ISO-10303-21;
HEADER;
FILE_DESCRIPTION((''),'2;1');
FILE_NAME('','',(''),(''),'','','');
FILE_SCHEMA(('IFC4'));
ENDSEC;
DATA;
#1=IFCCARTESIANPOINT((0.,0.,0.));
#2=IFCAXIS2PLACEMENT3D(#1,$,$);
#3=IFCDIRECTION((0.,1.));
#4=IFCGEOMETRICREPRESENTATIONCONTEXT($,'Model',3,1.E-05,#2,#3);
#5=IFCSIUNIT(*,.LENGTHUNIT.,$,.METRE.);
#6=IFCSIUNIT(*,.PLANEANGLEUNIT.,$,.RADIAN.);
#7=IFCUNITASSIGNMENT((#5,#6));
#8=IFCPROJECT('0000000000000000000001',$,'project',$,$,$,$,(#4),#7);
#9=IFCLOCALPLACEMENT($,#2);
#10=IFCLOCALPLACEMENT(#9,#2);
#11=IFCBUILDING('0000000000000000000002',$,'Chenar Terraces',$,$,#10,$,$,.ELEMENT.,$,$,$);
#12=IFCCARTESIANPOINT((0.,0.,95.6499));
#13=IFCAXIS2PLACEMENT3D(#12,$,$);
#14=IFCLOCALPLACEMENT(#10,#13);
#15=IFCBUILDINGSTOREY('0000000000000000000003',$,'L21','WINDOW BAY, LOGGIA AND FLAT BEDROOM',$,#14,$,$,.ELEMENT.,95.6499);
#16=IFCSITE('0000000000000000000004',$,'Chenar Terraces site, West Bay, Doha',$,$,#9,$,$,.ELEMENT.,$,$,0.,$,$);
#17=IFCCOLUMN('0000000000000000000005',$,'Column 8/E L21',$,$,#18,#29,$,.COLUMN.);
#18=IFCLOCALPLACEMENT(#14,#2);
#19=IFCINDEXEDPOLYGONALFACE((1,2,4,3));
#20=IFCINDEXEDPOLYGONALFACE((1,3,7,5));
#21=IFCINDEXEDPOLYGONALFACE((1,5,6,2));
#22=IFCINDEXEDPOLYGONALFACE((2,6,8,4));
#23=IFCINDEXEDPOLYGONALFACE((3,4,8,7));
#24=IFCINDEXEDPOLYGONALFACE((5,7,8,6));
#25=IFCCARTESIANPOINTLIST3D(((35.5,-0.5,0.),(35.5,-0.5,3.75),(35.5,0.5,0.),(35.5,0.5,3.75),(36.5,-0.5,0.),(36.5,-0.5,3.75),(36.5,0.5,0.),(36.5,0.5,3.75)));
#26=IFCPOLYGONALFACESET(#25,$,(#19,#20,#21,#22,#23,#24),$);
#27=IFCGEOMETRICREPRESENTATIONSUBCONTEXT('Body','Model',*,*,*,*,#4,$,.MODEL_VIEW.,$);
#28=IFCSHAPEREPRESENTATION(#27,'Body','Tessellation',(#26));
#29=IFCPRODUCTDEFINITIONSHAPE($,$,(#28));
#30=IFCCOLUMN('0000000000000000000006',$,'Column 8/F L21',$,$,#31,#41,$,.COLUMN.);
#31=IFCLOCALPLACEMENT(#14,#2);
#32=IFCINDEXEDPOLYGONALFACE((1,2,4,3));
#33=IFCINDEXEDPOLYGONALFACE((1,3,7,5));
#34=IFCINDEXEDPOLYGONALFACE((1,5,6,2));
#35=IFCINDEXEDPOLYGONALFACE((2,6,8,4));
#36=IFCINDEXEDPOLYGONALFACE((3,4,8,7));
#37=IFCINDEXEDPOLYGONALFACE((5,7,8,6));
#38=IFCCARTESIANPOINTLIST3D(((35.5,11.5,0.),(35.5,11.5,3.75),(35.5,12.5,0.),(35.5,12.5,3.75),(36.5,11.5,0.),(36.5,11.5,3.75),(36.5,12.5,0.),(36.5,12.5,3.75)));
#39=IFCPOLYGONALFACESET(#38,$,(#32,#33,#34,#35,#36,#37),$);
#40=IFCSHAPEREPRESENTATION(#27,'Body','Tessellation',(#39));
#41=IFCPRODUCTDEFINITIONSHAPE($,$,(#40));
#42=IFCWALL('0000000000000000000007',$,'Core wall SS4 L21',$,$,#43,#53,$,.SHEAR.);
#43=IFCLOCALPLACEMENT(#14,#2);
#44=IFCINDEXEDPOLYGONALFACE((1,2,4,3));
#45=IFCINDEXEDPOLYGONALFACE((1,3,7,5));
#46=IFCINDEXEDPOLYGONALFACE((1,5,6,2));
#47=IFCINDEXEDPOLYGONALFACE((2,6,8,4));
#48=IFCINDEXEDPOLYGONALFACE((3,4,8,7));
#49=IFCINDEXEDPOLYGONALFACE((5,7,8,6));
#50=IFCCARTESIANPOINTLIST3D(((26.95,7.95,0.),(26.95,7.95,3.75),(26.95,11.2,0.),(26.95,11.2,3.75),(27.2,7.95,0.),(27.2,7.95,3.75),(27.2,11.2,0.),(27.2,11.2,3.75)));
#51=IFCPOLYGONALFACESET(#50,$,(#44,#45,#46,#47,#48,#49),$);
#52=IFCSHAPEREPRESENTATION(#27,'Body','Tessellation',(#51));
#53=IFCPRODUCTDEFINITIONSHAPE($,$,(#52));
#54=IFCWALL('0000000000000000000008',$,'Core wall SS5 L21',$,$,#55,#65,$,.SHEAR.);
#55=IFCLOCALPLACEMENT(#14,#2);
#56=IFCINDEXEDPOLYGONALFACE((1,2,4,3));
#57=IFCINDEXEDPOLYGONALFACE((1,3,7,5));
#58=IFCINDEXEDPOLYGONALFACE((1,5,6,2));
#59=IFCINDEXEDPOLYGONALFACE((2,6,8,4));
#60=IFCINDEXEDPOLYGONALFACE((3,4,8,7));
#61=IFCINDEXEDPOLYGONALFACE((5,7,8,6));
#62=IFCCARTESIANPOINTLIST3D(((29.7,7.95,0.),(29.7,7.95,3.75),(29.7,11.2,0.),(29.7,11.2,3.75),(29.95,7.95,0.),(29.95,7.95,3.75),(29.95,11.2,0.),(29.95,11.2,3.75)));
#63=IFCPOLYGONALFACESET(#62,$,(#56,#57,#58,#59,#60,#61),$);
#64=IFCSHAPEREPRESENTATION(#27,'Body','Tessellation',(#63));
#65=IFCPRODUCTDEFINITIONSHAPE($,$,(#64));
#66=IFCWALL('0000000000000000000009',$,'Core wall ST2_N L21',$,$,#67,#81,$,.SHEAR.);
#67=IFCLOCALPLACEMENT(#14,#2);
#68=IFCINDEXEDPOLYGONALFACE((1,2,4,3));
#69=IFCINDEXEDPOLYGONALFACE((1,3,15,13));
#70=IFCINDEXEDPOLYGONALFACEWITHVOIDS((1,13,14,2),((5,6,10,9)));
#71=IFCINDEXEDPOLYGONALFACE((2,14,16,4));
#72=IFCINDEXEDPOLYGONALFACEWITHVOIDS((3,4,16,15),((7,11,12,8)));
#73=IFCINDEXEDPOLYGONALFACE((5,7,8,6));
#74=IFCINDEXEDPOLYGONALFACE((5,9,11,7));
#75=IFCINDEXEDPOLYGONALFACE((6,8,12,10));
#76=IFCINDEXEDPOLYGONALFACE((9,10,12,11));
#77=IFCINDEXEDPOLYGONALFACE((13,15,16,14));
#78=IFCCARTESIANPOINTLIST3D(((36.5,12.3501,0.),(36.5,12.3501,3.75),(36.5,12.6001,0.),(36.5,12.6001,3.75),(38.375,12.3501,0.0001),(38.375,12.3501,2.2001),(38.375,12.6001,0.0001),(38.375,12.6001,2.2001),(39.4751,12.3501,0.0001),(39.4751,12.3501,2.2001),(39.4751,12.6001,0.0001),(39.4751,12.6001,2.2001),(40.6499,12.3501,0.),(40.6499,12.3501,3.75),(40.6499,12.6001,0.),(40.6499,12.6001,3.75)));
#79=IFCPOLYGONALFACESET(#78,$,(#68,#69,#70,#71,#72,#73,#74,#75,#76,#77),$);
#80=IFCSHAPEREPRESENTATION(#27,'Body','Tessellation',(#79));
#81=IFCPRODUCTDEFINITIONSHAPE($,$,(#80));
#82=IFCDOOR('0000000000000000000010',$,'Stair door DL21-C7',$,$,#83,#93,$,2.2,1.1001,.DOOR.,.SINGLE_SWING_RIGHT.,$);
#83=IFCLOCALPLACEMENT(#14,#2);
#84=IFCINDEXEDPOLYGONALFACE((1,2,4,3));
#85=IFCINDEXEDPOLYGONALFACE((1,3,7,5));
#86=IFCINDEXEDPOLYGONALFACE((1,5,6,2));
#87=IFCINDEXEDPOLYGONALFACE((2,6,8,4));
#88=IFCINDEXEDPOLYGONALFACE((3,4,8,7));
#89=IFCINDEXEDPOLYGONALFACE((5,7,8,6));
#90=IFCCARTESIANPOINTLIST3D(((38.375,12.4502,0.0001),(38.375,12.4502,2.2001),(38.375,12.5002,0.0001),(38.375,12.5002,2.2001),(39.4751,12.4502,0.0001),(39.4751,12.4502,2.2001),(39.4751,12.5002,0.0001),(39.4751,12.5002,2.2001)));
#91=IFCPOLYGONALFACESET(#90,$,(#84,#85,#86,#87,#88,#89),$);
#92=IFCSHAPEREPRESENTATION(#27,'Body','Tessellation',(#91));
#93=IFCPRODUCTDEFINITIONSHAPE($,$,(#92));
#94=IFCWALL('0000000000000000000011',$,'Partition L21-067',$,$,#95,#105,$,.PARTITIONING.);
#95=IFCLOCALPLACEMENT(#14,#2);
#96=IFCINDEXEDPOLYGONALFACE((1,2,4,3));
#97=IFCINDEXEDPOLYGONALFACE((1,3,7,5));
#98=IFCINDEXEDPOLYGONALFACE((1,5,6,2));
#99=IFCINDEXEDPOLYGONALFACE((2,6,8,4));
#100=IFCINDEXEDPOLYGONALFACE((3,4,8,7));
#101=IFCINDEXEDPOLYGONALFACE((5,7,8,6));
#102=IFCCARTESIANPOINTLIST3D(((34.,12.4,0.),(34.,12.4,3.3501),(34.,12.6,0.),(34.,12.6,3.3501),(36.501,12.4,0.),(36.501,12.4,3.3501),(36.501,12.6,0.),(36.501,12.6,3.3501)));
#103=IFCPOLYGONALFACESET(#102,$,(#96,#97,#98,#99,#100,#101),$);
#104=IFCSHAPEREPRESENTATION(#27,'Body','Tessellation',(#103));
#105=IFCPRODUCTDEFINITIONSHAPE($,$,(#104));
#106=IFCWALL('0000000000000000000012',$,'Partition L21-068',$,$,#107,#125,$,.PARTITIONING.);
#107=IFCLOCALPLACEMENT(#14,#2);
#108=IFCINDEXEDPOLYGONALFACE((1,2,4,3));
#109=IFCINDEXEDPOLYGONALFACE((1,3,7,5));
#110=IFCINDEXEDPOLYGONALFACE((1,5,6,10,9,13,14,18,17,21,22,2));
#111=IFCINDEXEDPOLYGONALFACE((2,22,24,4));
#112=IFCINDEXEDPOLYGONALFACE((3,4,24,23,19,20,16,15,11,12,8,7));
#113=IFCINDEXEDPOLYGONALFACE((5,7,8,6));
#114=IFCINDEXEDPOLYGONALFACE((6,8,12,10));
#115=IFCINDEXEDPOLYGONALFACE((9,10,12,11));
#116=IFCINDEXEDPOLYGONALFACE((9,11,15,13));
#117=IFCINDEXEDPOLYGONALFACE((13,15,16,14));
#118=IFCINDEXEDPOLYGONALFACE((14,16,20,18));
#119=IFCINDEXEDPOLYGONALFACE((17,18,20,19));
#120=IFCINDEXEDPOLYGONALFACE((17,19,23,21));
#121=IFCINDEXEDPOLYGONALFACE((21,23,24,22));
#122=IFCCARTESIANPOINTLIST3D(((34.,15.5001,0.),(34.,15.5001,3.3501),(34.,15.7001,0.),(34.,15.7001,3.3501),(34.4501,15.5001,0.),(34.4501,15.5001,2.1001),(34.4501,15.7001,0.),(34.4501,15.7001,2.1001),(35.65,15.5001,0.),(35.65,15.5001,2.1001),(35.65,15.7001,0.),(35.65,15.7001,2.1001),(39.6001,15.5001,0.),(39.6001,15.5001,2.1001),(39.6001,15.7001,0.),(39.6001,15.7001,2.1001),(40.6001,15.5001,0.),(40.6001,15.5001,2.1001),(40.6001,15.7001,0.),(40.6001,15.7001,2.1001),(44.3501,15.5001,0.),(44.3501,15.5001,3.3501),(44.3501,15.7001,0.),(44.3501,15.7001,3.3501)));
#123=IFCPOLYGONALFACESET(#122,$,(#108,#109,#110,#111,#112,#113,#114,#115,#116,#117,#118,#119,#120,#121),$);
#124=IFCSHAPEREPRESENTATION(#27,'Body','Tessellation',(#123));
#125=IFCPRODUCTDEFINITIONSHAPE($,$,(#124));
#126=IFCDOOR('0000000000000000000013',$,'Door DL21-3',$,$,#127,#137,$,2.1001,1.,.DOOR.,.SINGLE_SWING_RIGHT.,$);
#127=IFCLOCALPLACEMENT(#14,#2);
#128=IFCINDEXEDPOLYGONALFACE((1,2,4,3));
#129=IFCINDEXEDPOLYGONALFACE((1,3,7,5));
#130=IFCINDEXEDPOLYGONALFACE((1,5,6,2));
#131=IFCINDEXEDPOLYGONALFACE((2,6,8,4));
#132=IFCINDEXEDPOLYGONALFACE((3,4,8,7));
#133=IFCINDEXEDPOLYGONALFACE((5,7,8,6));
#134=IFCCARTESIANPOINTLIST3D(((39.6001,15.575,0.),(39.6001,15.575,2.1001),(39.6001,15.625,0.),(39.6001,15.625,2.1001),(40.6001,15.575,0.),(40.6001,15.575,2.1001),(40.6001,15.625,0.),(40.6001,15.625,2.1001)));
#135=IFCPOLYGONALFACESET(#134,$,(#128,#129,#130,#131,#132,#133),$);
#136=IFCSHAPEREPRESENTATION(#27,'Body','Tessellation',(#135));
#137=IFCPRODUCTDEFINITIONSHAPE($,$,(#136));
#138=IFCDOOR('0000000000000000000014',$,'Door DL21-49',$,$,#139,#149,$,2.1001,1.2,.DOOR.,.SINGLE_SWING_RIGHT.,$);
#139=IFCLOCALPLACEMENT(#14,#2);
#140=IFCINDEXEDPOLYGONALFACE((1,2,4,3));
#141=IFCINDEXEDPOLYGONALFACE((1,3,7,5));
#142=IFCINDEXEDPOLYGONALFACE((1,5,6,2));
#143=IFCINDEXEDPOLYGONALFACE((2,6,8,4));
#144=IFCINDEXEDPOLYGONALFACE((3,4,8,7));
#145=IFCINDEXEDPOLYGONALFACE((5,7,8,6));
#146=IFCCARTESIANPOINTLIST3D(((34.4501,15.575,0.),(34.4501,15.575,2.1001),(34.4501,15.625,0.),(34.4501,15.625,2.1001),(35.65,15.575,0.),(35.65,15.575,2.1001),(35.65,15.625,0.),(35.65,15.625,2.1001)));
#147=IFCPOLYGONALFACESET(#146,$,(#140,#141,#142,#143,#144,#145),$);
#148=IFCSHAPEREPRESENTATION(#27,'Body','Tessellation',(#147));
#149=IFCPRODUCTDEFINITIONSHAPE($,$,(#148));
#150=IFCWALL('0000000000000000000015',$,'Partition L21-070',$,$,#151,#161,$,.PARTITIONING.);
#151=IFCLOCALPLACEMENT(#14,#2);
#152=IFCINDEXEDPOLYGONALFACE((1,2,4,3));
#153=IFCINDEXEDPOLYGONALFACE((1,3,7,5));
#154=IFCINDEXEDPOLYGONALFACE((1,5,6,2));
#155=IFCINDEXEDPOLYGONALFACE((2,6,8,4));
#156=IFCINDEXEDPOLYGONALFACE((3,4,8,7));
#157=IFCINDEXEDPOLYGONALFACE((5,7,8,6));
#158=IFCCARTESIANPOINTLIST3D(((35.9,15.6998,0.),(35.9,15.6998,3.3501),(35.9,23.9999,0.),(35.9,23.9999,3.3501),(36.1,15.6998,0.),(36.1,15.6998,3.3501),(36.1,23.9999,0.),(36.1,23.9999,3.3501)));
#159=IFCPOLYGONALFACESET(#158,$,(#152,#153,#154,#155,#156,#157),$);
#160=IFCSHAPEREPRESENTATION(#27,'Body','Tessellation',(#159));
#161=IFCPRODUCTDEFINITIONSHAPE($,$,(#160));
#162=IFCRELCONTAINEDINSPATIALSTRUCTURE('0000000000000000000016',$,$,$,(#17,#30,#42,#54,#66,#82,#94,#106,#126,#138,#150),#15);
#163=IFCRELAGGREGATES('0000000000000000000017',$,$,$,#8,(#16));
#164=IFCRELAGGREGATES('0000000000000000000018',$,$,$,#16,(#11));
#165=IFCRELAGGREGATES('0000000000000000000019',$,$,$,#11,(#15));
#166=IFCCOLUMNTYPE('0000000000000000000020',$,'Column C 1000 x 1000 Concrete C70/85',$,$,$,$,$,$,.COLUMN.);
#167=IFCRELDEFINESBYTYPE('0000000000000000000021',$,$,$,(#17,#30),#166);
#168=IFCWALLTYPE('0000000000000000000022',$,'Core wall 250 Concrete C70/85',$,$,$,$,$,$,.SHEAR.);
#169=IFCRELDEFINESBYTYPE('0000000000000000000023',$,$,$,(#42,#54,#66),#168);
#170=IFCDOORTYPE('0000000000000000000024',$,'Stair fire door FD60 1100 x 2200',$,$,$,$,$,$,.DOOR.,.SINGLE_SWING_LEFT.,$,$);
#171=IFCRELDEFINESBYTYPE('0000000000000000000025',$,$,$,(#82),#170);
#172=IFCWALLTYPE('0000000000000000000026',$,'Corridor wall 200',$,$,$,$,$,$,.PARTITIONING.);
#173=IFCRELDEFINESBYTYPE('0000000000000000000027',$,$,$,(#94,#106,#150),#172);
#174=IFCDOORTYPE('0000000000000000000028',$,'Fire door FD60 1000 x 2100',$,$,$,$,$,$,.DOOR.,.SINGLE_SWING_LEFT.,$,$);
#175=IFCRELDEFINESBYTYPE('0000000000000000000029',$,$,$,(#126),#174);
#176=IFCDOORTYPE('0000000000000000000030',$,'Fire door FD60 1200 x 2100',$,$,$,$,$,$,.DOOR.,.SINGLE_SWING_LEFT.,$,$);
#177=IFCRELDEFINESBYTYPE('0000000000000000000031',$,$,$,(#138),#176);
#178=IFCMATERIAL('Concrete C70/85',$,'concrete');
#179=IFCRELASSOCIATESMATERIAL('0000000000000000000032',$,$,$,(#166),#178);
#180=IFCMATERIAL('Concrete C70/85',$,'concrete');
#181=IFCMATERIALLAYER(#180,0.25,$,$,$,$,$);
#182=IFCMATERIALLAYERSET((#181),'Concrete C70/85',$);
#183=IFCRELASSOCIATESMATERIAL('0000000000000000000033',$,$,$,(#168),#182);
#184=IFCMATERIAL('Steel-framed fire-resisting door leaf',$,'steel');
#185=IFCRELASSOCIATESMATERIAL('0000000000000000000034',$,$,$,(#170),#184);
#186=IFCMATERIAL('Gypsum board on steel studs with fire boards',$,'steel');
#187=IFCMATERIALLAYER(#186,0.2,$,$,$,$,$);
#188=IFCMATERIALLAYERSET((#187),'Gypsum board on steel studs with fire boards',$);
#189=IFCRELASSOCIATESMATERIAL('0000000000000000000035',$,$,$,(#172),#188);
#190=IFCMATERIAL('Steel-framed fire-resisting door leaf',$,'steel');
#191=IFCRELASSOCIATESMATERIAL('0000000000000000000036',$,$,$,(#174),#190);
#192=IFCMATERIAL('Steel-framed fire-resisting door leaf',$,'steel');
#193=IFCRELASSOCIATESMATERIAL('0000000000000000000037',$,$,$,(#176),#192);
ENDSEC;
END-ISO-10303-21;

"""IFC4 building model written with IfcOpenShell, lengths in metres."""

from ifc_helpers import new_model, si_unit, direction, frame, frame_2d, origin, origin_2d, place, context, subcontext, project, spatial, rectangle, extrude, material, layer, layer_set, material_profile, profile_set, type_object, element, fill, save


model = new_model("IFC4")

# Units and contexts
model_context = context("Model", 3, precision=1e-05, world=origin(), true_north=direction((0.0, 1.0)))
body_context = subcontext(model_context, "Body", "Model", "MODEL_VIEW")
ifc_project = project(units=[si_unit("LENGTHUNIT", "METRE"), si_unit("PLANEANGLEUNIT", "RADIAN")], contexts=[model_context])

# Site, building, storey
site_placement = place(None, origin())
site = spatial("IfcSite", under=ifc_project, at=site_placement, Name="Chenar Terraces site, West Bay, Doha", CompositionType="ELEMENT", RefElevation=0.0)
building_placement = place(site_placement, origin())
building = spatial("IfcBuilding", under=site, at=building_placement, Name="Chenar Terraces", CompositionType="ELEMENT")
storey_placement = place(building_placement, frame((0.0, 0.0, 95.6499)))
storey = spatial("IfcBuildingStorey", under=building, at=storey_placement, Name="L21", Description="WINDOW BAY, LOGGIA AND FLAT BEDROOM", CompositionType="ELEMENT", Elevation=95.6499)

# Columns
ifc_material_1 = material(Name="Concrete C70/85", Category="concrete")
ifc_material_profile = material_profile(ifc_material_1, rectangle(XDim=1.0, YDim=1.0, at=origin_2d()), Name="C 1000 x 1000")
ifc_profile_set = profile_set([ifc_material_profile], Name="Concrete C70/85")
column_type = type_object("IfcColumnType", Name="Column C 1000 x 1000 Concrete C70/85", PredefinedType="COLUMN", material=ifc_profile_set)
for number, where, z_axis, x_axis, name in (
    (1, (36.0, 0.0, 0.0), (0.0, 0.0, 1.0), (1.0, 0.0, 0.0), "Column 8/E L21"),
    (2, (36.0, 12.0, 0.0), (0.0, 0.0, 1.0), (1.0, 0.0, 0.0), "Column 8/F L21"),
):
    element("IfcColumn", number, at=place(storey_placement, frame(where, z_axis=z_axis, x_axis=x_axis)), inside=storey, type_object=column_type, Name=name, PredefinedType="COLUMN", context=body_context, shape_type="SweptSolid", body=[
        extrude(rectangle(XDim=1.0, YDim=1.0, at=origin_2d()), origin(), (0.0, 0.0, 1.0), 3.75),
    ])

# Walls
ifc_material_2 = material(Name="Concrete C70/85", Category="concrete")
ifc_layer_1 = layer(ifc_material_2, 0.25)
ifc_layer_set_1 = layer_set([ifc_layer_1], Name="Concrete C70/85")
wall_type_1 = type_object("IfcWallType", Name="Core wall 250 Concrete C70/85", PredefinedType="SHEAR", material=ifc_layer_set_1)
for number, where, z_axis, x_axis, name in (
    (3, (27.075, 7.95, 0.0), (0.0, 0.0, 1.0), (0.0, 1.0, 0.0), "Core wall SS4 L21"),
    (4, (29.825, 7.95, 0.0), (0.0, 0.0, 1.0), (0.0, 1.0, 0.0), "Core wall SS5 L21"),
):
    element("IfcWall", number, at=place(storey_placement, frame(where, z_axis=z_axis, x_axis=x_axis)), inside=storey, type_object=wall_type_1, Name=name, PredefinedType="SHEAR", context=body_context, shape_type="SweptSolid", body=[
        extrude(rectangle(XDim=3.25, YDim=0.25, at=frame_2d((1.625, 0.0))), origin(), (0.0, 0.0, 1.0), 3.75),
    ])

# Wall, opening, door
wall_1_placement = place(storey_placement, frame((36.5, 12.4751, 0.0), z_axis=(0.0, 0.0, 1.0), x_axis=(1.0, 0.0, 0.0)))
wall_1 = element("IfcWall", 5, at=wall_1_placement, inside=storey, type_object=wall_type_1, Name="Core wall ST2_N L21", PredefinedType="SHEAR", context=body_context, shape_type="SweptSolid", body=[
    extrude(rectangle(XDim=4.1499, YDim=0.25, at=frame_2d((2.075, 0.0))), origin(), (0.0, 0.0, 1.0), 3.75),
])
opening_1_placement = place(wall_1_placement, frame((1.875, 0.0, 0.0)))
opening_1 = element("IfcOpeningElement", 6, at=opening_1_placement, cuts=wall_1, PredefinedType="OPENING", context=body_context, shape_type="SweptSolid", body=[
    extrude(rectangle(XDim=1.1001, YDim=2.2, at=frame_2d((0.55, 1.1001))), frame((0.0, 0.135, 0.0), z_axis=(0.0, -1.0, 0.0), x_axis=(1.0, 0.0, 0.0)), (0.0, 0.0, 1.0), 0.27),
])
ifc_material_3 = material(Name="Steel-framed fire-resisting door leaf", Category="steel")
door_type_1 = type_object("IfcDoorType", Name="Stair fire door FD60 1100 x 2200", OperationType="SINGLE_SWING_LEFT", PredefinedType="DOOR", material=ifc_material_3)
door_1_placement = place(opening_1_placement, frame((1.1001, 0.0, 0.0), z_axis=(0.0, 0.0, 1.0), x_axis=(-1.0, 0.0, 0.0)))
door_1 = element("IfcDoor", 7, at=door_1_placement, inside=storey, type_object=door_type_1, Name="Stair door DL21-C7", OperationType="SINGLE_SWING_RIGHT", OverallHeight=2.2, OverallWidth=1.1001, PredefinedType="DOOR", context=body_context, shape_type="SweptSolid", body=[
    extrude(rectangle(XDim=1.1001, YDim=2.2, at=frame_2d((0.55, 1.1001))), frame((0.0, 0.0249, 0.0), z_axis=(0.0, -1.0, 0.0), x_axis=(1.0, 0.0, 0.0)), (0.0, 0.0, 1.0), 0.05),
])
fill(opening_1, door_1)

# Wall
ifc_material_4 = material(Name="Gypsum board on steel studs with fire boards", Category="steel")
ifc_layer_2 = layer(ifc_material_4, 0.2)
ifc_layer_set_2 = layer_set([ifc_layer_2], Name="Gypsum board on steel studs with fire boards")
wall_type_2 = type_object("IfcWallType", Name="Corridor wall 200", PredefinedType="PARTITIONING", material=ifc_layer_set_2)
wall_2_placement = place(storey_placement, frame((34.0, 12.5, 0.0), z_axis=(0.0, 0.0, 1.0), x_axis=(1.0, 0.0, 0.0)))
element("IfcWall", 8, at=wall_2_placement, inside=storey, type_object=wall_type_2, Name="Partition L21-067", PredefinedType="PARTITIONING", context=body_context, shape_type="SweptSolid", body=[
    extrude(rectangle(XDim=2.501, YDim=0.2, at=frame_2d((1.2505, 0.0))), origin(), (0.0, 0.0, 1.0), 3.3501),
])

# Wall, openings, doors
wall_3_placement = place(storey_placement, frame((34.0, 15.6001, 0.0), z_axis=(0.0, 0.0, 1.0), x_axis=(1.0, 0.0, 0.0)))
wall_3 = element("IfcWall", 9, at=wall_3_placement, inside=storey, type_object=wall_type_2, Name="Partition L21-068", PredefinedType="PARTITIONING", context=body_context, shape_type="SweptSolid", body=[
    extrude(rectangle(XDim=10.3501, YDim=0.2, at=frame_2d((5.175, 0.0))), origin(), (0.0, 0.0, 1.0), 3.3501),
])
opening_2_placement = place(wall_3_placement, frame((5.6001, 0.0, 0.0)))
opening_2 = element("IfcOpeningElement", 10, at=opening_2_placement, cuts=wall_3, PredefinedType="OPENING", context=body_context, shape_type="SweptSolid", body=[
    extrude(rectangle(XDim=1.0, YDim=2.1001, at=frame_2d((0.5, 1.05))), frame((0.0, 0.1099, 0.0), z_axis=(0.0, -1.0, 0.0), x_axis=(1.0, 0.0, 0.0)), (0.0, 0.0, 1.0), 0.22),
])
opening_3_placement = place(wall_3_placement, frame((0.45, 0.0, 0.0)))
opening_3 = element("IfcOpeningElement", 11, at=opening_3_placement, cuts=wall_3, PredefinedType="OPENING", context=body_context, shape_type="SweptSolid", body=[
    extrude(rectangle(XDim=1.2, YDim=2.1001, at=frame_2d((0.6001, 1.05))), frame((0.0, 0.1099, 0.0), z_axis=(0.0, -1.0, 0.0), x_axis=(1.0, 0.0, 0.0)), (0.0, 0.0, 1.0), 0.22),
])
ifc_material_5 = material(Name="Steel-framed fire-resisting door leaf", Category="steel")
door_type_2 = type_object("IfcDoorType", Name="Fire door FD60 1000 x 2100", OperationType="SINGLE_SWING_LEFT", PredefinedType="DOOR", material=ifc_material_5)
door_2_placement = place(opening_2_placement, origin())
door_2 = element("IfcDoor", 12, at=door_2_placement, inside=storey, type_object=door_type_2, Name="Door DL21-3", OperationType="SINGLE_SWING_RIGHT", OverallHeight=2.1001, OverallWidth=1.0, PredefinedType="DOOR", context=body_context, shape_type="SweptSolid", body=[
    extrude(rectangle(XDim=1.0, YDim=2.1001, at=frame_2d((0.5, 1.05))), frame((0.0, 0.0249, 0.0), z_axis=(0.0, -1.0, 0.0), x_axis=(1.0, 0.0, 0.0)), (0.0, 0.0, 1.0), 0.05),
])
fill(opening_2, door_2)
ifc_material_6 = material(Name="Steel-framed fire-resisting door leaf", Category="steel")
door_type_3 = type_object("IfcDoorType", Name="Fire door FD60 1200 x 2100", OperationType="SINGLE_SWING_LEFT", PredefinedType="DOOR", material=ifc_material_6)
door_3_placement = place(opening_3_placement, origin())
door_3 = element("IfcDoor", 13, at=door_3_placement, inside=storey, type_object=door_type_3, Name="Door DL21-49", OperationType="SINGLE_SWING_RIGHT", OverallHeight=2.1001, OverallWidth=1.2, PredefinedType="DOOR", context=body_context, shape_type="SweptSolid", body=[
    extrude(rectangle(XDim=1.2, YDim=2.1001, at=frame_2d((0.6001, 1.05))), frame((0.0, 0.0249, 0.0), z_axis=(0.0, -1.0, 0.0), x_axis=(1.0, 0.0, 0.0)), (0.0, 0.0, 1.0), 0.05),
])
fill(opening_3, door_3)

# Wall
wall_4_placement = place(storey_placement, frame((36.0, 15.7, 0.0), z_axis=(0.0, 0.0, 1.0), x_axis=(0.0, 1.0, 0.0)))
element("IfcWall", 14, at=wall_4_placement, inside=storey, type_object=wall_type_2, Name="Partition L21-070", PredefinedType="PARTITIONING", context=body_context, shape_type="SweptSolid", body=[
    extrude(rectangle(XDim=8.3, YDim=0.2, at=frame_2d((4.1499, 0.0))), origin(), (0.0, 0.0, 1.0), 3.3501),
])

save(model, "model.ifc")
